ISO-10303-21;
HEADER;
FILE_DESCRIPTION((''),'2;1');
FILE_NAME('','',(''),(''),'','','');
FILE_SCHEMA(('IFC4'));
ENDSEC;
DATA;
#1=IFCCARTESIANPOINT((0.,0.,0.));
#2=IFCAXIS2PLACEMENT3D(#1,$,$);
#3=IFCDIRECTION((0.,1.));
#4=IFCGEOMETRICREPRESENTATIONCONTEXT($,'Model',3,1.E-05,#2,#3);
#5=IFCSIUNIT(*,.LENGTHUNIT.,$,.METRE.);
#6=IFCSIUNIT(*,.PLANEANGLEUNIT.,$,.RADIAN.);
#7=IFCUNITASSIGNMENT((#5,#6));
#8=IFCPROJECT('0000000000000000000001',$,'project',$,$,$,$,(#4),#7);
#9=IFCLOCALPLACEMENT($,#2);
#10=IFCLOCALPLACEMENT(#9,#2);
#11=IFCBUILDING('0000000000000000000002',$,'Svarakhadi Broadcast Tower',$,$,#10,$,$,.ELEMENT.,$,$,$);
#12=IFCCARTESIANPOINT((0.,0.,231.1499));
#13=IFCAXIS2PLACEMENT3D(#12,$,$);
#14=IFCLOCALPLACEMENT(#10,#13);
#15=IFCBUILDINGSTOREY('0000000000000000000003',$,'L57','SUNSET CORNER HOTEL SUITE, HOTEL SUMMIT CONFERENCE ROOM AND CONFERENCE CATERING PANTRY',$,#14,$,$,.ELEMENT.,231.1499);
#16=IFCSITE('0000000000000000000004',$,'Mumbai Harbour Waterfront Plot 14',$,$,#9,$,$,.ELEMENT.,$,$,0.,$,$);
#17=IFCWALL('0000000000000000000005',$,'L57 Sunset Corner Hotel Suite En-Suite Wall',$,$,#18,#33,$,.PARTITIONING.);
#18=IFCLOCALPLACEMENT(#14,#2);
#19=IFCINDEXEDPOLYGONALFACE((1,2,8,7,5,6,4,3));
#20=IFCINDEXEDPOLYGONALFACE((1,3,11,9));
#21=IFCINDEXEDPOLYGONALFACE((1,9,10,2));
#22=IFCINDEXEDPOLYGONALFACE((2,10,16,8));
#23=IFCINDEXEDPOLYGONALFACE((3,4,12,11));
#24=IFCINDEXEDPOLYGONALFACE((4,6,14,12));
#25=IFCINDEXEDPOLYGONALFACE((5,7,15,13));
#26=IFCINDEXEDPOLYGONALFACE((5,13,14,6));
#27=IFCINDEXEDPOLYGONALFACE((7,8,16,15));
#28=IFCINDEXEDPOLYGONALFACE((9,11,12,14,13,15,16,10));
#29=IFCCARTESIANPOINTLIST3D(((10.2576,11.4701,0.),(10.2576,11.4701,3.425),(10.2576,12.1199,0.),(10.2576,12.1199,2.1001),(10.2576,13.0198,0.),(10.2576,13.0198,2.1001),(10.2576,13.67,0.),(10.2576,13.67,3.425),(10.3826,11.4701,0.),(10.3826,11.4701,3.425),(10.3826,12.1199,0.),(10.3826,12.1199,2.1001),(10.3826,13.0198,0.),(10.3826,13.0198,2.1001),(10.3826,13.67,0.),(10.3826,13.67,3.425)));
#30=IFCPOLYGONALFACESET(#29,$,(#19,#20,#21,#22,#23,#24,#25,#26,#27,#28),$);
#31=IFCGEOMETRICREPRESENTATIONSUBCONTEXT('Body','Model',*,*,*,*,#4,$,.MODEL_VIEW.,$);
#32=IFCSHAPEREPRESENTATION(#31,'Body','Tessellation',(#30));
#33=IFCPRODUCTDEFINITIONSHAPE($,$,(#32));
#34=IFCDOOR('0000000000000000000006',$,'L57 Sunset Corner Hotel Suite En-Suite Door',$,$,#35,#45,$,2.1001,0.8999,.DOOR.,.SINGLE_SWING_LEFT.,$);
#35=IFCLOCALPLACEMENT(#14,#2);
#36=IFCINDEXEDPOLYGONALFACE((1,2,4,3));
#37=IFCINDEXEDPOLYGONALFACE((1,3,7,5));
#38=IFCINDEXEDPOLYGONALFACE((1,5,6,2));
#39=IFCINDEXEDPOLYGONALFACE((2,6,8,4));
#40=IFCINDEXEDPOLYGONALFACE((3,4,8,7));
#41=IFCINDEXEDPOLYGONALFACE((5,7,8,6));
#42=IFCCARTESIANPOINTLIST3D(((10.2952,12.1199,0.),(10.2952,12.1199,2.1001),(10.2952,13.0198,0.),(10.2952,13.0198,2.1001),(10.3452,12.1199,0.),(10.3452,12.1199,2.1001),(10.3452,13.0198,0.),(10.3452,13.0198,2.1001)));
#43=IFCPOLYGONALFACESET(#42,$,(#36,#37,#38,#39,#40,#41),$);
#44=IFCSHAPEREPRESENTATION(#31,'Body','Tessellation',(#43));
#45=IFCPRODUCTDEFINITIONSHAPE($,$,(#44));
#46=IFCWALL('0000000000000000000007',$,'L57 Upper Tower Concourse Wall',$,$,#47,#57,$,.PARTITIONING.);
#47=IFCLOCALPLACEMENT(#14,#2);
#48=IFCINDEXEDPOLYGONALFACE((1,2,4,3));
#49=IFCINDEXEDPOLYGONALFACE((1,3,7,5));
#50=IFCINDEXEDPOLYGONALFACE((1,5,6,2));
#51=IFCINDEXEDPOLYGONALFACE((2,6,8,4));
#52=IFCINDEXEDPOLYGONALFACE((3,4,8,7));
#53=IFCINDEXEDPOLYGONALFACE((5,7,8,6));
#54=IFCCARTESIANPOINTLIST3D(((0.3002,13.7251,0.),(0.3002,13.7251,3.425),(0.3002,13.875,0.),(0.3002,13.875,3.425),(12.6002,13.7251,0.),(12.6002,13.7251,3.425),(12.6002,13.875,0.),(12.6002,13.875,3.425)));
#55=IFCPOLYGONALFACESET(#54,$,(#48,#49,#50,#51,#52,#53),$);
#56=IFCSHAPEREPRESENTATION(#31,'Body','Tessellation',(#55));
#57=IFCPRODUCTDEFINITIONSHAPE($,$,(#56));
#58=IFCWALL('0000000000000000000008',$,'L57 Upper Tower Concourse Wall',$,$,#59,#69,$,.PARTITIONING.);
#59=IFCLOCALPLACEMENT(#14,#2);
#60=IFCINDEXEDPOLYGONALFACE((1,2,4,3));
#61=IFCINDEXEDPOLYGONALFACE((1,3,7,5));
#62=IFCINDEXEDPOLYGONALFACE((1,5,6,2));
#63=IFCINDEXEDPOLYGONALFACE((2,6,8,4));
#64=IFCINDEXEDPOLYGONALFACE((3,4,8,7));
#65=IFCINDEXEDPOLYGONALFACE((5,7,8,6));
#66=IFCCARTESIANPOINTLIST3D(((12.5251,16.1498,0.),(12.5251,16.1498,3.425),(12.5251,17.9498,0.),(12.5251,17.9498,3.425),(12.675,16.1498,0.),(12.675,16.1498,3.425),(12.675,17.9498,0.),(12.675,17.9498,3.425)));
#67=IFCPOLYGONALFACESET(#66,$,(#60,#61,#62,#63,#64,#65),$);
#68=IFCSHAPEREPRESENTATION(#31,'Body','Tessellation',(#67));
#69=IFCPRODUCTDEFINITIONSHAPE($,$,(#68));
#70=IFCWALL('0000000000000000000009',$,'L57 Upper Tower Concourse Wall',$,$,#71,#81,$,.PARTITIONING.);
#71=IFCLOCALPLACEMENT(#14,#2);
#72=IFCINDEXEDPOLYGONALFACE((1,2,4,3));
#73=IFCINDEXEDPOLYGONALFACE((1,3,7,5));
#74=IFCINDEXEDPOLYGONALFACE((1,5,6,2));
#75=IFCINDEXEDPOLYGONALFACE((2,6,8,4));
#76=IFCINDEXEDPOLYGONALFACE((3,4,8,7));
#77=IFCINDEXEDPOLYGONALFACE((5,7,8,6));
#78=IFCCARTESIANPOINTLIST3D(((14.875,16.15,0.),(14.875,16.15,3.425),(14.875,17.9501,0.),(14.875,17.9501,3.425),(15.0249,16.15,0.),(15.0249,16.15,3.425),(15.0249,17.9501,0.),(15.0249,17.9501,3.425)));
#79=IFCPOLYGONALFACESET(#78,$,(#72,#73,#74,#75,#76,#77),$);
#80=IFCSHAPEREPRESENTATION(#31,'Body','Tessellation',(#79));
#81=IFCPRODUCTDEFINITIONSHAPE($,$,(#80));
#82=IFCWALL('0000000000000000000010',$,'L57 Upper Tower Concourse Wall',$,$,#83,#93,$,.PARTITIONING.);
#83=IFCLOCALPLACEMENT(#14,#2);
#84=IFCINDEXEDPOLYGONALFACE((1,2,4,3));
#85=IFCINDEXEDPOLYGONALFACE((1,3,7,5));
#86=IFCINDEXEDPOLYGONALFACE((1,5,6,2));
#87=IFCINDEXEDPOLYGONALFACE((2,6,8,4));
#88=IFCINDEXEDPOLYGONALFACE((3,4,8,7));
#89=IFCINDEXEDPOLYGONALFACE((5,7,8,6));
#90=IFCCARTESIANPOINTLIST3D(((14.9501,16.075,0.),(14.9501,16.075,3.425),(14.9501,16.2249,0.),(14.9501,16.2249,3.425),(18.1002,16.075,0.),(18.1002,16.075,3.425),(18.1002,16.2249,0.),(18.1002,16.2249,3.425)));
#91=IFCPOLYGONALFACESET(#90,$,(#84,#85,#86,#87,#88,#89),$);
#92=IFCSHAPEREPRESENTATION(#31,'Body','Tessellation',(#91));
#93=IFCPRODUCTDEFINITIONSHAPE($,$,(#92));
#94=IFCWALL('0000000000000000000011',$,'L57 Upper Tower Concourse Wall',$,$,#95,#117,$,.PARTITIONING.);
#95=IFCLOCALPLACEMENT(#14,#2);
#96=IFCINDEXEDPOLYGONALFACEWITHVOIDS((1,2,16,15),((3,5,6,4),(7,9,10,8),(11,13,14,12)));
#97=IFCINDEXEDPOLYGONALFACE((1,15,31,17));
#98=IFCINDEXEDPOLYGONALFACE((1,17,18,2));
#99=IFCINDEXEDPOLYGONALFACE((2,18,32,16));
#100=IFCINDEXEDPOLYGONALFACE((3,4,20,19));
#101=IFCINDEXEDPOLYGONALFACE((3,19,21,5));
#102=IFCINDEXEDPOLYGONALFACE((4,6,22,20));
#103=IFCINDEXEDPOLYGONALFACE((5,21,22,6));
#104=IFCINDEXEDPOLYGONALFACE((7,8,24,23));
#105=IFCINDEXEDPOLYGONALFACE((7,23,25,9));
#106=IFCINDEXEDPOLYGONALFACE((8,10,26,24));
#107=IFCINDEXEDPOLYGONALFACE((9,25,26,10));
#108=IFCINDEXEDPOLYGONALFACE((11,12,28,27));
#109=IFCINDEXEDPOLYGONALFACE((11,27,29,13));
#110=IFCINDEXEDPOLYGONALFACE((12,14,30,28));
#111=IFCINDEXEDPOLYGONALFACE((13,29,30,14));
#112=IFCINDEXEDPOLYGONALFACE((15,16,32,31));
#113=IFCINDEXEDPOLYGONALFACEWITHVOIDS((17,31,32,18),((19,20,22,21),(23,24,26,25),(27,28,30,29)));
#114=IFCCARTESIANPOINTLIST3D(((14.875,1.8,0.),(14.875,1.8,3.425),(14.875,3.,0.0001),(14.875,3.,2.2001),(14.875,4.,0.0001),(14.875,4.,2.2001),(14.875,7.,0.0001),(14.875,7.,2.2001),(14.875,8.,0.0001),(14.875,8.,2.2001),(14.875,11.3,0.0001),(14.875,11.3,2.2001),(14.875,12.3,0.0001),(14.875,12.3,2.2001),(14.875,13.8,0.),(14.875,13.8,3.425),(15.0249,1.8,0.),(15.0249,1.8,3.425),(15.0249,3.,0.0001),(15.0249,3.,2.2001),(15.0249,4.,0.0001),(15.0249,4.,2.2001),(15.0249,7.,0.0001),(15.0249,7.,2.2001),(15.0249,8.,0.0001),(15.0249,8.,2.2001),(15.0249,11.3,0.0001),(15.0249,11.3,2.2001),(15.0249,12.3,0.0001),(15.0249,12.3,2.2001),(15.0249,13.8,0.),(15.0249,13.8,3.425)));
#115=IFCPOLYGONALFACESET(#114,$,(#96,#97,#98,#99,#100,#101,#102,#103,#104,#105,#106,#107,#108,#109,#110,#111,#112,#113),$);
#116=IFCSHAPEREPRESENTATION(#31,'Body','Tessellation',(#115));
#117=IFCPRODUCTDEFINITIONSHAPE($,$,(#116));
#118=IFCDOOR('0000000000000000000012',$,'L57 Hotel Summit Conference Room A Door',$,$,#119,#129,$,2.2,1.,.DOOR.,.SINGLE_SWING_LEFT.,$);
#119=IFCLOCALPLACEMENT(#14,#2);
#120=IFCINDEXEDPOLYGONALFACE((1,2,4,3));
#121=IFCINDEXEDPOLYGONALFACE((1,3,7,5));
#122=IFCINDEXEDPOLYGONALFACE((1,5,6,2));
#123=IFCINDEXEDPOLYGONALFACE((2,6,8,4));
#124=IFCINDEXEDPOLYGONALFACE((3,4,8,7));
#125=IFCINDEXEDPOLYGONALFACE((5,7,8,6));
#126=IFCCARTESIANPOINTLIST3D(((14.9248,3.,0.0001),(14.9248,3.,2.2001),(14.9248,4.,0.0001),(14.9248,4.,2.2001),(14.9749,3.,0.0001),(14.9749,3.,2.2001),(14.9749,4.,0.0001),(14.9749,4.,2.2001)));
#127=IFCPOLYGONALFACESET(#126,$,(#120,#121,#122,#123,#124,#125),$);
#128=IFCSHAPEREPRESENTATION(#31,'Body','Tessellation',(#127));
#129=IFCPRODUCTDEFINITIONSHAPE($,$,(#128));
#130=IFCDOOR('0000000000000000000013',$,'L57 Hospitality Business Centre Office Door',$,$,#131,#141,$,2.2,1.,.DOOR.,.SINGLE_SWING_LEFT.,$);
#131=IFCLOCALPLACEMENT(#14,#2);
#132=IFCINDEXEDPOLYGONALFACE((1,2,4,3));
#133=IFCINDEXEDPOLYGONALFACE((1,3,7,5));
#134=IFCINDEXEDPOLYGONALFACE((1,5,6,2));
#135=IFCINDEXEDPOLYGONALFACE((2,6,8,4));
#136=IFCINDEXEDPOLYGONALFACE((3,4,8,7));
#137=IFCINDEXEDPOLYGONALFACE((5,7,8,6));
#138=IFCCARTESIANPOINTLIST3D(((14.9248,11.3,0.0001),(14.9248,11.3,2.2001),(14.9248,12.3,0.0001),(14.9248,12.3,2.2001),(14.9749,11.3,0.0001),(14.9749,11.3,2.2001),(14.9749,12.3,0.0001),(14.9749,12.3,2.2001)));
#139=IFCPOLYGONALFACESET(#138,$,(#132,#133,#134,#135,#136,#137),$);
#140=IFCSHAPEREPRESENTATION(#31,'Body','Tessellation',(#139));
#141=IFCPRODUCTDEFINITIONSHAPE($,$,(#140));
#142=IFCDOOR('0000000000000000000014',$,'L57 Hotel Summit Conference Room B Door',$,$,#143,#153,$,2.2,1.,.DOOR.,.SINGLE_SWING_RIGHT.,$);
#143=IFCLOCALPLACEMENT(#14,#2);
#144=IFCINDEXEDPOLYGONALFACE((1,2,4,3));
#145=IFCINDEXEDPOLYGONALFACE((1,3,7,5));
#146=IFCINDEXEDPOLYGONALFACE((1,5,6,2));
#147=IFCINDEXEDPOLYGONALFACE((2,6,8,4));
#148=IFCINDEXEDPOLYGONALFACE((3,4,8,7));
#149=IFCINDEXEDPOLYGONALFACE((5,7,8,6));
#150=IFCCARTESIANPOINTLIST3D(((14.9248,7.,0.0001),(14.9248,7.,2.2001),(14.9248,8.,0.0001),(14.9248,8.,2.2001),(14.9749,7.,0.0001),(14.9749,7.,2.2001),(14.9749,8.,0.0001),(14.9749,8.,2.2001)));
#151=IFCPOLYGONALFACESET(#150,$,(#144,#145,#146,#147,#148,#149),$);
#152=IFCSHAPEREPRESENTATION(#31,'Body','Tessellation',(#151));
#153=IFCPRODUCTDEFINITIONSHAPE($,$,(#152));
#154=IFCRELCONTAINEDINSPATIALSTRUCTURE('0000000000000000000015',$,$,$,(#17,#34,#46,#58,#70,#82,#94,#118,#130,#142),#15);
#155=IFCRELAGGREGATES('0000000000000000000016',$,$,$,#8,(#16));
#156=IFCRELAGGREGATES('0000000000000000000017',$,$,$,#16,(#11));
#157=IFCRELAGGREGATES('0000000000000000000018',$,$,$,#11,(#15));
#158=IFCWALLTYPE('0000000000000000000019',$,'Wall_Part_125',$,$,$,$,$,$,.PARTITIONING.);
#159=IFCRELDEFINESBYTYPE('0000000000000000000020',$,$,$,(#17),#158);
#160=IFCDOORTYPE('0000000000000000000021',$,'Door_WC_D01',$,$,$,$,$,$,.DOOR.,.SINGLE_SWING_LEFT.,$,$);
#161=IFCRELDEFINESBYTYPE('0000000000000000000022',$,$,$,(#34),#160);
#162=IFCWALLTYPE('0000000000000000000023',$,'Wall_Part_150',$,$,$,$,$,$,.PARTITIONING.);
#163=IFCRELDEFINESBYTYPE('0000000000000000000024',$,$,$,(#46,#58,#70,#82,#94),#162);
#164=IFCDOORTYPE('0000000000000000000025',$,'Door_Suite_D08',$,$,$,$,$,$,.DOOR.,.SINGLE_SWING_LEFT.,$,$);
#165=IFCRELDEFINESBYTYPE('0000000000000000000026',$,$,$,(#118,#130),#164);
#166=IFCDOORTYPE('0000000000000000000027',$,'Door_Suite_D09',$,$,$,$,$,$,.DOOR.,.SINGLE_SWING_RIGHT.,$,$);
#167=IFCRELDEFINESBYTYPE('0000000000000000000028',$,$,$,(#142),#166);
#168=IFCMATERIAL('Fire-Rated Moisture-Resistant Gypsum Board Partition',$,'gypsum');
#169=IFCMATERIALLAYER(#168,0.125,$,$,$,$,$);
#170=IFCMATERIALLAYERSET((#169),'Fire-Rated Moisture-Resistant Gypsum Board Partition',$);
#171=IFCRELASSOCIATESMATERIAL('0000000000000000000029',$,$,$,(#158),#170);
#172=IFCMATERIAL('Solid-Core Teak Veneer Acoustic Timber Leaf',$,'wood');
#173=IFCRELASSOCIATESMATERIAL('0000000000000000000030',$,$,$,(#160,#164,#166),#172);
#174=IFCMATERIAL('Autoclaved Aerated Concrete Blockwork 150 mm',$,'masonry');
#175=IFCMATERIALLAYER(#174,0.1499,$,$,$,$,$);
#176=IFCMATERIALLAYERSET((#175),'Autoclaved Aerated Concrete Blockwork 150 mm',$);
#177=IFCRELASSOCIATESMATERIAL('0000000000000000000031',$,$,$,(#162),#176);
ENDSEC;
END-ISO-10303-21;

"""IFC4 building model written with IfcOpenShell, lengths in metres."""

from ifc_helpers import new_model, si_unit, direction, frame, frame_2d, origin, place, context, subcontext, project, spatial, rectangle, extrude, material, layer, layer_set, type_object, element, fill, save


model = new_model("IFC4")

# Units and contexts
model_context = context("Model", 3, precision=1e-05, world=origin(), true_north=direction((0.0, 1.0)))
body_context = subcontext(model_context, "Body", "Model", "MODEL_VIEW")
ifc_project = project(units=[si_unit("LENGTHUNIT", "METRE"), si_unit("PLANEANGLEUNIT", "RADIAN")], contexts=[model_context])

# Site, building, storey
site_placement = place(None, origin())
site = spatial("IfcSite", under=ifc_project, at=site_placement, Name="Mumbai Harbour Waterfront Plot 14", CompositionType="ELEMENT", RefElevation=0.0)
building_placement = place(site_placement, origin())
building = spatial("IfcBuilding", under=site, at=building_placement, Name="Svarakhadi Broadcast Tower", CompositionType="ELEMENT")
storey_placement = place(building_placement, frame((0.0, 0.0, 231.1499)))
storey = spatial("IfcBuildingStorey", under=building, at=storey_placement, Name="L57", Description="SUNSET CORNER HOTEL SUITE, HOTEL SUMMIT CONFERENCE ROOM AND CONFERENCE CATERING PANTRY", CompositionType="ELEMENT", Elevation=231.1499)

# Shared definitions
ifc_material_1 = material(Name="Fire-Rated Moisture-Resistant Gypsum Board Partition", Category="gypsum")
ifc_layer_1 = layer(ifc_material_1, 0.125)
ifc_layer_set_1 = layer_set([ifc_layer_1], Name="Fire-Rated Moisture-Resistant Gypsum Board Partition")
wall_type_1 = type_object("IfcWallType", Name="Wall_Part_125", PredefinedType="PARTITIONING", material=ifc_layer_set_1)

# Wall, opening, door
wall_1_placement = place(storey_placement, frame((10.3201, 11.47, 0.0), z_axis=(0.0, 0.0, 1.0), x_axis=(0.0, 1.0, 0.0)))
wall_1 = element("IfcWall", 1, at=wall_1_placement, inside=storey, type_object=wall_type_1, Name="L57 Sunset Corner Hotel Suite En-Suite Wall", PredefinedType="PARTITIONING", context=body_context, shape_type="SweptSolid", body=[
    extrude(rectangle(XDim=2.2, YDim=0.125, at=frame_2d((1.1001, 0.0))), origin(), (0.0, 0.0, 1.0), 3.425),
])
opening_1_placement = place(wall_1_placement, frame((0.6499, 0.0, 0.0)))
opening_1 = element("IfcOpeningElement", 2, at=opening_1_placement, cuts=wall_1, PredefinedType="OPENING", context=body_context, shape_type="SweptSolid", body=[
    extrude(rectangle(XDim=0.8999, YDim=2.1001, at=frame_2d((0.45, 1.05))), frame((0.0, 0.0725, 0.0), z_axis=(0.0, -1.0, 0.0), x_axis=(1.0, 0.0, 0.0)), (0.0, 0.0, 1.0), 0.145),
])
ifc_material_2 = material(Name="Solid-Core Teak Veneer Acoustic Timber Leaf", Category="wood")
door_type_1 = type_object("IfcDoorType", Name="Door_WC_D01", OperationType="SINGLE_SWING_LEFT", PredefinedType="DOOR", material=ifc_material_2)
door_1_placement = place(opening_1_placement, origin())
door_1 = element("IfcDoor", 3, at=door_1_placement, inside=storey, type_object=door_type_1, Name="L57 Sunset Corner Hotel Suite En-Suite Door", OperationType="SINGLE_SWING_LEFT", OverallHeight=2.1001, OverallWidth=0.8999, PredefinedType="DOOR", context=body_context, shape_type="SweptSolid", body=[
    extrude(rectangle(XDim=0.8999, YDim=2.1001, at=frame_2d((0.45, 1.05))), frame((0.0, 0.0249, 0.0), z_axis=(0.0, -1.0, 0.0), x_axis=(1.0, 0.0, 0.0)), (0.0, 0.0, 1.0), 0.05),
])
fill(opening_1, door_1)

# Walls
ifc_material_3 = material(Name="Autoclaved Aerated Concrete Blockwork 150 mm", Category="masonry")
ifc_layer_2 = layer(ifc_material_3, 0.1499)
ifc_layer_set_2 = layer_set([ifc_layer_2], Name="Autoclaved Aerated Concrete Blockwork 150 mm")
wall_type_2 = type_object("IfcWallType", Name="Wall_Part_150", PredefinedType="PARTITIONING", material=ifc_layer_set_2)
wall_2_placement = place(storey_placement, frame((12.6001, 13.8, 0.0), z_axis=(0.0, 0.0, 1.0), x_axis=(-1.0, 0.0, 0.0)))
element("IfcWall", 4, at=wall_2_placement, inside=storey, type_object=wall_type_2, Name="L57 Upper Tower Concourse Wall", PredefinedType="PARTITIONING", context=body_context, shape_type="SweptSolid", body=[
    extrude(rectangle(XDim=12.3, YDim=0.1499, at=frame_2d((6.1499, 0.0))), origin(), (0.0, 0.0, 1.0), 3.425),
])
for number, where, z_axis, x_axis, name in (
    (5, (12.6001, 16.1499, 0.0), (0.0, 0.0, 1.0), (0.0, 1.0, 0.0), "L57 Upper Tower Concourse Wall"),
    (6, (14.95, 17.95, 0.0), (0.0, 0.0, 1.0), (0.0, -1.0, 0.0), "L57 Upper Tower Concourse Wall"),
):
    element("IfcWall", number, at=place(storey_placement, frame(where, z_axis=z_axis, x_axis=x_axis)), inside=storey, type_object=wall_type_2, Name=name, PredefinedType="PARTITIONING", context=body_context, shape_type="SweptSolid", body=[
        extrude(rectangle(XDim=1.8, YDim=0.1499, at=frame_2d((0.8999, 0.0))), origin(), (0.0, 0.0, 1.0), 3.425),
    ])
wall_3_placement = place(storey_placement, frame((14.95, 16.1499, 0.0), z_axis=(0.0, 0.0, 1.0), x_axis=(1.0, 0.0, 0.0)))
element("IfcWall", 7, at=wall_3_placement, inside=storey, type_object=wall_type_2, Name="L57 Upper Tower Concourse Wall", PredefinedType="PARTITIONING", context=body_context, shape_type="SweptSolid", body=[
    extrude(rectangle(XDim=3.1501, YDim=0.1499, at=frame_2d((1.5752, 0.0))), origin(), (0.0, 0.0, 1.0), 3.425),
])

# Wall, openings, doors
wall_4_placement = place(storey_placement, frame((14.95, 13.8, 0.0), z_axis=(0.0, 0.0, 1.0), x_axis=(0.0, -1.0, 0.0)))
wall_4 = element("IfcWall", 8, at=wall_4_placement, inside=storey, type_object=wall_type_2, Name="L57 Upper Tower Concourse Wall", PredefinedType="PARTITIONING", context=body_context, shape_type="SweptSolid", body=[
    extrude(rectangle(XDim=12.0, YDim=0.1499, at=frame_2d((6.0, 0.0))), origin(), (0.0, 0.0, 1.0), 3.425),
])
opening_2_placement = place(wall_4_placement, frame((9.8, 0.0, 0.0)))
opening_2 = element("IfcOpeningElement", 9, at=opening_2_placement, cuts=wall_4, PredefinedType="OPENING", context=body_context, shape_type="SweptSolid", body=[
    extrude(rectangle(XDim=1.0, YDim=2.2, at=frame_2d((0.5, 1.1001))), frame((0.0, 0.085, 0.0), z_axis=(0.0, -1.0, 0.0), x_axis=(1.0, 0.0, 0.0)), (0.0, 0.0, 1.0), 0.1699),
])
opening_3_placement = place(wall_4_placement, frame((5.8, 0.0, 0.0)))
opening_3 = element("IfcOpeningElement", 10, at=opening_3_placement, cuts=wall_4, PredefinedType="OPENING", context=body_context, shape_type="SweptSolid", body=[
    extrude(rectangle(XDim=1.0, YDim=2.2, at=frame_2d((0.5, 1.1001))), frame((0.0, 0.085, 0.0), z_axis=(0.0, -1.0, 0.0), x_axis=(1.0, 0.0, 0.0)), (0.0, 0.0, 1.0), 0.1699),
])
opening_4_placement = place(wall_4_placement, frame((1.5, 0.0, 0.0)))
opening_4 = element("IfcOpeningElement", 11, at=opening_4_placement, cuts=wall_4, PredefinedType="OPENING", context=body_context, shape_type="SweptSolid", body=[
    extrude(rectangle(XDim=1.0, YDim=2.2, at=frame_2d((0.5, 1.1001))), frame((0.0, 0.085, 0.0), z_axis=(0.0, -1.0, 0.0), x_axis=(1.0, 0.0, 0.0)), (0.0, 0.0, 1.0), 0.1699),
])
door_type_2 = type_object("IfcDoorType", Name="Door_Suite_D08", OperationType="SINGLE_SWING_LEFT", PredefinedType="DOOR", material=ifc_material_2)
door_2_placement = place(opening_2_placement, origin())
door_2 = element("IfcDoor", 12, at=door_2_placement, inside=storey, type_object=door_type_2, Name="L57 Hotel Summit Conference Room A Door", OperationType="SINGLE_SWING_LEFT", OverallHeight=2.2, OverallWidth=1.0, PredefinedType="DOOR", context=body_context, shape_type="SweptSolid", body=[
    extrude(rectangle(XDim=1.0, YDim=2.2, at=frame_2d((0.5, 1.1001))), frame((0.0, 0.0249, 0.0), z_axis=(0.0, -1.0, 0.0), x_axis=(1.0, 0.0, 0.0)), (0.0, 0.0, 1.0), 0.05),
])
fill(opening_2, door_2)
door_3_placement = place(opening_4_placement, origin())
door_3 = element("IfcDoor", 13, at=door_3_placement, inside=storey, type_object=door_type_2, Name="L57 Hospitality Business Centre Office Door", OperationType="SINGLE_SWING_LEFT", OverallHeight=2.2, OverallWidth=1.0, PredefinedType="DOOR", context=body_context, shape_type="SweptSolid", body=[
    extrude(rectangle(XDim=1.0, YDim=2.2, at=frame_2d((0.5, 1.1001))), frame((0.0, 0.0249, 0.0), z_axis=(0.0, -1.0, 0.0), x_axis=(1.0, 0.0, 0.0)), (0.0, 0.0, 1.0), 0.05),
])
fill(opening_4, door_3)
door_type_3 = type_object("IfcDoorType", Name="Door_Suite_D09", OperationType="SINGLE_SWING_RIGHT", PredefinedType="DOOR", material=ifc_material_2)
door_4_placement = place(opening_3_placement, origin())
door_4 = element("IfcDoor", 14, at=door_4_placement, inside=storey, type_object=door_type_3, Name="L57 Hotel Summit Conference Room B Door", OperationType="SINGLE_SWING_RIGHT", OverallHeight=2.2, OverallWidth=1.0, PredefinedType="DOOR", context=body_context, shape_type="SweptSolid", body=[
    extrude(rectangle(XDim=1.0, YDim=2.2, at=frame_2d((0.5, 1.1001))), frame((0.0, 0.0249, 0.0), z_axis=(0.0, -1.0, 0.0), x_axis=(1.0, 0.0, 0.0)), (0.0, 0.0, 1.0), 0.05),
])
fill(opening_3, door_4)

save(model, "model.ifc")
